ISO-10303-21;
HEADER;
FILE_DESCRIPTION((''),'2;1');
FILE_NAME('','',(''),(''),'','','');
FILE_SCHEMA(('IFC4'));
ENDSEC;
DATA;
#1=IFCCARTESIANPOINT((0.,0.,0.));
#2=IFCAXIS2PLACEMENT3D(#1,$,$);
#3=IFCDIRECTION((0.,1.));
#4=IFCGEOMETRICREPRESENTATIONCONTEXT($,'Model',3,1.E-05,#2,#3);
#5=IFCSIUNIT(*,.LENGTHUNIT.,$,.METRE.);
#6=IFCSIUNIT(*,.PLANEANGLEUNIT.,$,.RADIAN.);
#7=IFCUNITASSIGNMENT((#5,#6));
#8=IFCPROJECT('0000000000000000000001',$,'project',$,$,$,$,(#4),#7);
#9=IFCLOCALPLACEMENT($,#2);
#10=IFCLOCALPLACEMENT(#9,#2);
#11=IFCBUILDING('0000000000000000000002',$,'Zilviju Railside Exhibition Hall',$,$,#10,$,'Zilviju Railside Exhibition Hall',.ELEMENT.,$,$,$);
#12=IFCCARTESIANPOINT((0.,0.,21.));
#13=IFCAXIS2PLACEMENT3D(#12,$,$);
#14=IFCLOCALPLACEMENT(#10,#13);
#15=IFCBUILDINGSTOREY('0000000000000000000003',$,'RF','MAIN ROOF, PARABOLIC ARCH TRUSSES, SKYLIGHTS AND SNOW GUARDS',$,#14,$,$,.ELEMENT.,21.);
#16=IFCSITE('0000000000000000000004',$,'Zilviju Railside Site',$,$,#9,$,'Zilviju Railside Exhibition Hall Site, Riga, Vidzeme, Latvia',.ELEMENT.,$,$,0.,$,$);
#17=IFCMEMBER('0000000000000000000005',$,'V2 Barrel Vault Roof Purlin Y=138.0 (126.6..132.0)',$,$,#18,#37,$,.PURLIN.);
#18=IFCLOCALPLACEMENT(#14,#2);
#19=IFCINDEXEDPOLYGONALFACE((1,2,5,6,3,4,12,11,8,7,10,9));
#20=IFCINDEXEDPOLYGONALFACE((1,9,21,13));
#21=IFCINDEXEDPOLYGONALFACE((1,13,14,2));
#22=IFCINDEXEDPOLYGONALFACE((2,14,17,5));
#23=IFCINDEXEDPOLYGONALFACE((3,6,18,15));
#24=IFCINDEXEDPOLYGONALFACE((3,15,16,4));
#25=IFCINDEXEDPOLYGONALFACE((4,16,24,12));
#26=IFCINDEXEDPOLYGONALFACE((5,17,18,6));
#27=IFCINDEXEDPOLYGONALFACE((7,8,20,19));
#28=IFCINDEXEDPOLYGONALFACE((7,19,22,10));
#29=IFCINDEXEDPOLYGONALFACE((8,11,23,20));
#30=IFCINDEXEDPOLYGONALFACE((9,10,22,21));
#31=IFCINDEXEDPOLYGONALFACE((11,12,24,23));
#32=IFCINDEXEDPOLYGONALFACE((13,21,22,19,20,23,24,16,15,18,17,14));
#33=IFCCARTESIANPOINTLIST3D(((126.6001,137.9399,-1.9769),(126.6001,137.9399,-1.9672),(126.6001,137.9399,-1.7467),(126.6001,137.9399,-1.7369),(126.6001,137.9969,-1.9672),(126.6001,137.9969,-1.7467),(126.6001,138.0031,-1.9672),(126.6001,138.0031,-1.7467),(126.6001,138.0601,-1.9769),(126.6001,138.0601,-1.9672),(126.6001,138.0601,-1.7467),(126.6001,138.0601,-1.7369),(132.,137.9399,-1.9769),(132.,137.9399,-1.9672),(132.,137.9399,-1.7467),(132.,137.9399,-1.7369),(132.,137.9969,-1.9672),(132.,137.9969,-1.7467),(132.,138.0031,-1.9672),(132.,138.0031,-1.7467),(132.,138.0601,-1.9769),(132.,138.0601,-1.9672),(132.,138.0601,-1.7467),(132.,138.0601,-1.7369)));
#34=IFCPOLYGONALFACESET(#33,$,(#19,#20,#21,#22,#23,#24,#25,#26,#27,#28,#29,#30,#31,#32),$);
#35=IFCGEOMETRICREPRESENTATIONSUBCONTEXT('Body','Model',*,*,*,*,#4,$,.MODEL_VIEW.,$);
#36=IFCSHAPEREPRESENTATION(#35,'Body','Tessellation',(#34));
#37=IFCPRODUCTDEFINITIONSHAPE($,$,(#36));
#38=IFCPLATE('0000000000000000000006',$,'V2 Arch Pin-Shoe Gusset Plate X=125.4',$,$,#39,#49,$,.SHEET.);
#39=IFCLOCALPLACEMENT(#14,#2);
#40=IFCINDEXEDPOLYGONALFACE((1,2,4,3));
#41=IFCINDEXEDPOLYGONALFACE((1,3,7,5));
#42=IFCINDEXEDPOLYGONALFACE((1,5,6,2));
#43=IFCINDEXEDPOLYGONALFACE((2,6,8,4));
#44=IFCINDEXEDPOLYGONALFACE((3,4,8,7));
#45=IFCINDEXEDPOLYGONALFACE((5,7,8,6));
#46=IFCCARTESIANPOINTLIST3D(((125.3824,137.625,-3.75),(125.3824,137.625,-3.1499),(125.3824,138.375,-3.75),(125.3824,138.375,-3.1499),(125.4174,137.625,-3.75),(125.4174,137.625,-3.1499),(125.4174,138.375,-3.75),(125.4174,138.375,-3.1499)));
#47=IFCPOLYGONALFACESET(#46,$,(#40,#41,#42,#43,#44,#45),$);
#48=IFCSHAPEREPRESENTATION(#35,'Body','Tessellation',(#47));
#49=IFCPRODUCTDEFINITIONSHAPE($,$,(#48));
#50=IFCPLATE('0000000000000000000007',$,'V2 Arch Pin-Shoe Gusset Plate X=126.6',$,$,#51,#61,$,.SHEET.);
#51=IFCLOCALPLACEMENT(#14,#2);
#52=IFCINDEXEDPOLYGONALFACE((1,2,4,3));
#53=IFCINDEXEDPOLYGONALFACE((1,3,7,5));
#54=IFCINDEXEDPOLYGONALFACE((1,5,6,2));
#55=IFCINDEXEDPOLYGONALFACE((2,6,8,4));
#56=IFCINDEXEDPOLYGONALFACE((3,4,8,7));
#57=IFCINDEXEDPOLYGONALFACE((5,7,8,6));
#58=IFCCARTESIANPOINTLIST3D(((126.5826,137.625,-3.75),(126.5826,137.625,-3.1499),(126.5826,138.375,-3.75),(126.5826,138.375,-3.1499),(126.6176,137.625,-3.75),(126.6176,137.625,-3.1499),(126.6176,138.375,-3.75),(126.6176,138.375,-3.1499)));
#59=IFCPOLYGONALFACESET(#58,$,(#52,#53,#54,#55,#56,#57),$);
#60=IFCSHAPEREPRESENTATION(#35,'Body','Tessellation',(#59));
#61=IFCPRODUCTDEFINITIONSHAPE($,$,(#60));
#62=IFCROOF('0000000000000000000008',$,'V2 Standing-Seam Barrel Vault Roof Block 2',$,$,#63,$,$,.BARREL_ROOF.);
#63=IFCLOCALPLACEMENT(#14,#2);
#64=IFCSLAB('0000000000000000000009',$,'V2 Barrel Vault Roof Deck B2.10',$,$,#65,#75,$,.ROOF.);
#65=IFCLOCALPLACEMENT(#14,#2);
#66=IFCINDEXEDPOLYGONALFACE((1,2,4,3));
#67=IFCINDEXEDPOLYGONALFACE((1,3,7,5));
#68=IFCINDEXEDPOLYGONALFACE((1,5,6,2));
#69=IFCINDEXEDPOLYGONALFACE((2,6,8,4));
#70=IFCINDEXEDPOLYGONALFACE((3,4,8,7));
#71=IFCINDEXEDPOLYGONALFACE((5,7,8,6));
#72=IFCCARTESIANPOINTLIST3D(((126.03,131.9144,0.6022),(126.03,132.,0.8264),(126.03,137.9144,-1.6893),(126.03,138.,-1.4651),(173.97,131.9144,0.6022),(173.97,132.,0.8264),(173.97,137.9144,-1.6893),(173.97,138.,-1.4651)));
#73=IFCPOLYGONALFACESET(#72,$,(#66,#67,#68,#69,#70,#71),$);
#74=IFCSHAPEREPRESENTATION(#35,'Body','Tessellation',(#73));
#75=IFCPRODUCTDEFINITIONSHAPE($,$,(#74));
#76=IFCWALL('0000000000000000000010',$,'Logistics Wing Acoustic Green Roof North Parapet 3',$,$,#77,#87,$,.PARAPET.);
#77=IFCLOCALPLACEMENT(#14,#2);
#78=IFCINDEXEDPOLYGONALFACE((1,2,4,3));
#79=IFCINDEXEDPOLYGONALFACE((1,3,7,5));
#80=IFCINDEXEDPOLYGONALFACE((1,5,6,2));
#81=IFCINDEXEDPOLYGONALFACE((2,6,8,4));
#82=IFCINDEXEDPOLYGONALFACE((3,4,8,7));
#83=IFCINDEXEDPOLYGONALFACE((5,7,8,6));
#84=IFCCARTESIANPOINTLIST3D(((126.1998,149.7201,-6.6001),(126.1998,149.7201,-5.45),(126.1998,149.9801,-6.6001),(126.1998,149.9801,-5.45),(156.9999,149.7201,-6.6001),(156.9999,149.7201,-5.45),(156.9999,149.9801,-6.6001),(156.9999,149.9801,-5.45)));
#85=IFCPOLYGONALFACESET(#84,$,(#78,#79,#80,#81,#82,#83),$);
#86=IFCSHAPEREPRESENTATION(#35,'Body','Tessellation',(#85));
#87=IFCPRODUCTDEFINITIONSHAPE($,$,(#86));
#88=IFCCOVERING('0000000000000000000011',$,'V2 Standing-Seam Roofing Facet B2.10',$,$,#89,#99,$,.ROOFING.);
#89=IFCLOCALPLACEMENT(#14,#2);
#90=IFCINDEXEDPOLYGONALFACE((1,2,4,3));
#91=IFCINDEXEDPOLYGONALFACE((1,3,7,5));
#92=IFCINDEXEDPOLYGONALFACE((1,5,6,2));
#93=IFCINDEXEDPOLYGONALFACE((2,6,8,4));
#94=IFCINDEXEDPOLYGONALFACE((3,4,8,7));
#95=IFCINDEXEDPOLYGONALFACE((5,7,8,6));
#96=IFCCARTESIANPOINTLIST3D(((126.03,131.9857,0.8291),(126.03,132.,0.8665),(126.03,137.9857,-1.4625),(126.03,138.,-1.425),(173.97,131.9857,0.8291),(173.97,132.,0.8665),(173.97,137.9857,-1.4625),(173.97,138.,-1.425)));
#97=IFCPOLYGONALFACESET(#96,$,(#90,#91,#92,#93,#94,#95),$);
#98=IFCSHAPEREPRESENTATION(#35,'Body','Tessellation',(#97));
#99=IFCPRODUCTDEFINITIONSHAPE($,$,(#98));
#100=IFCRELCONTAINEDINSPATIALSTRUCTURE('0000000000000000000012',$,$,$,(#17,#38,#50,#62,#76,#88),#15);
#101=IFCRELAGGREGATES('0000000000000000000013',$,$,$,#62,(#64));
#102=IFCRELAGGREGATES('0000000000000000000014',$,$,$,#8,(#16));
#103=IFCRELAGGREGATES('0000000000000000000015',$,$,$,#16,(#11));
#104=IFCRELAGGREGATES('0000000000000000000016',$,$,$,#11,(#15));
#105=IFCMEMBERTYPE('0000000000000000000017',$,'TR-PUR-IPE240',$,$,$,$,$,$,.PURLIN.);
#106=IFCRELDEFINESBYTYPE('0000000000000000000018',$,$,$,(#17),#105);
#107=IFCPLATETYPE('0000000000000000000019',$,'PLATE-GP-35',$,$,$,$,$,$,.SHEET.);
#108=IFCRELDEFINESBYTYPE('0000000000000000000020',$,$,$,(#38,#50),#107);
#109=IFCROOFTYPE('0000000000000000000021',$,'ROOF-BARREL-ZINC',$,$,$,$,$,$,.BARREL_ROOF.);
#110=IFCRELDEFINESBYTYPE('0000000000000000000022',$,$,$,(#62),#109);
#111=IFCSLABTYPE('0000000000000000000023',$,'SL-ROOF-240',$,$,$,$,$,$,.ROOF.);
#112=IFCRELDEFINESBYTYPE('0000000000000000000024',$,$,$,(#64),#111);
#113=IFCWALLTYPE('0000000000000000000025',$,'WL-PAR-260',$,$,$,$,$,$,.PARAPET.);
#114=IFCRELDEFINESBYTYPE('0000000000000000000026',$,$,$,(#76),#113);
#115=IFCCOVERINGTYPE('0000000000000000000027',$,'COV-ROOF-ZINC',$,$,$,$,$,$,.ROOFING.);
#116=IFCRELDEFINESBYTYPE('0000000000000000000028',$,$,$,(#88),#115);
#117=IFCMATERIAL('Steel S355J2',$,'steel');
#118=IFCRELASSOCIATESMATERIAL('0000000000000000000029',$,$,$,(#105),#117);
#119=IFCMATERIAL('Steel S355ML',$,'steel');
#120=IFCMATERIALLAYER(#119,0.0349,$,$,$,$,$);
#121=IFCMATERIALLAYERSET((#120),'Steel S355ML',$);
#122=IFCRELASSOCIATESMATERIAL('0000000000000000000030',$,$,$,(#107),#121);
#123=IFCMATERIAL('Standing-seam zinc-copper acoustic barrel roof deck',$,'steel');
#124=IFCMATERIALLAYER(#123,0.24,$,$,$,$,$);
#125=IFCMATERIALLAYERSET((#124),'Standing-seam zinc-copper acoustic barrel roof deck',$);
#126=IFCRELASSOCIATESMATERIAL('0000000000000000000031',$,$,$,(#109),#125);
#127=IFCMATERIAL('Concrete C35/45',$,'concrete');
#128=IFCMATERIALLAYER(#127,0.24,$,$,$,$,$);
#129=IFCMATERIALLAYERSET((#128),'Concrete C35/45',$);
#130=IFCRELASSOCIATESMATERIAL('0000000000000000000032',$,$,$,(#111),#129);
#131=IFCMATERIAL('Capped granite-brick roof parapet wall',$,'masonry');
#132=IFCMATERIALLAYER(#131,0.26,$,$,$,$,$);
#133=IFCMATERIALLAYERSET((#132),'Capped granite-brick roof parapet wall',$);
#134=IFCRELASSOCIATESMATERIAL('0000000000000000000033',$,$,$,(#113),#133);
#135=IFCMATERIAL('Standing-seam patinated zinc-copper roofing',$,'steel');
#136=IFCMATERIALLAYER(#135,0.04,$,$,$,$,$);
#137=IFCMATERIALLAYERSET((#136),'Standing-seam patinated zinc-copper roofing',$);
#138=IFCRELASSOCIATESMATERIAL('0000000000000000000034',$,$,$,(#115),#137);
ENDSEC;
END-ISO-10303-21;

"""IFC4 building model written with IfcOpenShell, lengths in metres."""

from ifc_helpers import new_model, si_unit, direction, frame, frame_2d, origin, origin_2d, place, context, subcontext, project, spatial, polyline, rectangle, i_section, outline, extrude, material, layer, layer_set, material_profile, profile_set, type_object, element, aggregate, save


model = new_model("IFC4")

# Units and contexts
model_context = context("Model", 3, precision=1e-05, world=origin(), true_north=direction((0.0, 1.0)))
body_context = subcontext(model_context, "Body", "Model", "MODEL_VIEW")
ifc_project = project(units=[si_unit("LENGTHUNIT", "METRE"), si_unit("PLANEANGLEUNIT", "RADIAN")], contexts=[model_context])

# Site, building, storey
site_placement = place(None, origin())
site = spatial("IfcSite", under=ifc_project, at=site_placement, Name="Zilviju Railside Site", LongName="Zilviju Railside Exhibition Hall Site, Riga, Vidzeme, Latvia", CompositionType="ELEMENT", RefElevation=0.0)
building_placement = place(site_placement, origin())
building = spatial("IfcBuilding", under=site, at=building_placement, Name="Zilviju Railside Exhibition Hall", LongName="Zilviju Railside Exhibition Hall", CompositionType="ELEMENT")
storey_placement = place(building_placement, frame((0.0, 0.0, 21.0)))
storey = spatial("IfcBuildingStorey", under=building, at=storey_placement, Name="RF", Description="MAIN ROOF, PARABOLIC ARCH TRUSSES, SKYLIGHTS AND SNOW GUARDS", CompositionType="ELEMENT", Elevation=21.0)

# Shared definitions
ifc_material_1 = material(Name="Steel S355J2", Category="steel")

# Member
ifc_material_profile_1 = material_profile(ifc_material_1, i_section(OverallWidth=0.1201, OverallDepth=0.24, WebThickness=0.0061, FlangeThickness=0.0098, at=origin_2d()), Name="IPE 240")
ifc_profile_set_1 = profile_set([ifc_material_profile_1], Name="Steel S355J2")
member_type_1 = type_object("IfcMemberType", Name="TR-PUR-IPE240", PredefinedType="PURLIN", material=ifc_profile_set_1)
for number, where, z_axis, x_axis, name in (
    (1, (126.6001, 138.0, -1.8569), (1.0, 0.0, 0.0), (0.0, 1.0, 0.0), "V2 Barrel Vault Roof Purlin Y=138.0 (126.6..132.0)"),
):
    element("IfcMember", number, at=place(storey_placement, frame(where, z_axis=z_axis, x_axis=x_axis)), inside=storey, type_object=member_type_1, Name=name, PredefinedType="PURLIN", context=body_context, shape_type="SweptSolid", body=[
        extrude(i_section(OverallWidth=0.1201, OverallDepth=0.24, WebThickness=0.0061, FlangeThickness=0.0098, at=origin_2d()), origin(), (0.0, 0.0, 1.0), 5.3999),
    ])

# Plates
ifc_material_2 = material(Name="Steel S355ML", Category="steel")
ifc_layer_1 = layer(ifc_material_2, 0.0349)
ifc_layer_set_1 = layer_set([ifc_layer_1], Name="Steel S355ML")
plate_type = type_object("IfcPlateType", Name="PLATE-GP-35", PredefinedType="SHEET", material=ifc_layer_set_1)
for number, where, z_axis, x_axis, name in (
    (2, (125.3999, 138.0, -3.75), (0.0, 0.0, 1.0), (1.0, 0.0, 0.0), "V2 Arch Pin-Shoe Gusset Plate X=125.4"),
    (3, (126.6001, 138.0, -3.75), (0.0, 0.0, 1.0), (1.0, 0.0, 0.0), "V2 Arch Pin-Shoe Gusset Plate X=126.6"),
):
    element("IfcPlate", number, at=place(storey_placement, frame(where, z_axis=z_axis, x_axis=x_axis)), inside=storey, type_object=plate_type, Name=name, PredefinedType="SHEET", context=body_context, shape_type="SweptSolid", body=[
        extrude(rectangle(XDim=0.0349, YDim=0.75, at=origin_2d()), origin(), (0.0, 0.0, 1.0), 0.6001),
    ])

# Roof, slab
ifc_material_3 = material(Name="Standing-seam zinc-copper acoustic barrel roof deck", Category="steel")
ifc_layer_2 = layer(ifc_material_3, 0.24)
ifc_layer_set_2 = layer_set([ifc_layer_2], Name="Standing-seam zinc-copper acoustic barrel roof deck")
roof_type = type_object("IfcRoofType", Name="ROOF-BARREL-ZINC", PredefinedType="BARREL_ROOF", material=ifc_layer_set_2)
roof_placement = place(storey_placement, origin())
roof = element("IfcRoof", 4, at=roof_placement, inside=storey, type_object=roof_type, Name="V2 Standing-Seam Barrel Vault Roof Block 2", PredefinedType="BARREL_ROOF")
ifc_material_4 = material(Name="Concrete C35/45", Category="concrete")
ifc_layer_3 = layer(ifc_material_4, 0.24)
ifc_layer_set_3 = layer_set([ifc_layer_3], Name="Concrete C35/45")
slab_type = type_object("IfcSlabType", Name="SL-ROOF-240", PredefinedType="ROOF", material=ifc_layer_set_3)
slab_placement = place(storey_placement, frame((126.03, 132.0, 0.8264), z_axis=(0.0, 0.356782, 0.934188), x_axis=(1.0, 0.0, 0.0)))
slab = element("IfcSlab", 5, at=slab_placement, type_object=slab_type, Name="V2 Barrel Vault Roof Deck B2.10", PredefinedType="ROOF", context=body_context, shape_type="SweptSolid", body=[
    extrude(outline(polyline([(0.0, 0.0), (47.9399, 0.0), (47.9399, 6.4227), (0.0, 6.4227), (0.0, 0.0)])), origin(), (0.0, 0.0, -1.0), 0.24),
])
aggregate(roof, [slab])

# Wall
ifc_material_5 = material(Name="Capped granite-brick roof parapet wall", Category="masonry")
ifc_layer_4 = layer(ifc_material_5, 0.26)
ifc_layer_set_4 = layer_set([ifc_layer_4], Name="Capped granite-brick roof parapet wall")
wall_type = type_object("IfcWallType", Name="WL-PAR-260", PredefinedType="PARAPET", material=ifc_layer_set_4)
wall_placement = place(storey_placement, frame((126.2, 149.8501, -6.6001), z_axis=(0.0, 0.0, 1.0), x_axis=(1.0, 0.0, 0.0)))
element("IfcWall", 6, at=wall_placement, inside=storey, type_object=wall_type, Name="Logistics Wing Acoustic Green Roof North Parapet 3", PredefinedType="PARAPET", context=body_context, shape_type="SweptSolid", body=[
    extrude(rectangle(XDim=30.8, YDim=0.26, at=frame_2d((15.3999, 0.0))), origin(), (0.0, 0.0, 1.0), 1.1501),
])

# Covering
ifc_material_6 = material(Name="Standing-seam patinated zinc-copper roofing", Category="steel")
ifc_layer_5 = layer(ifc_material_6, 0.04)
ifc_layer_set_5 = layer_set([ifc_layer_5], Name="Standing-seam patinated zinc-copper roofing")
covering_type = type_object("IfcCoveringType", Name="COV-ROOF-ZINC", PredefinedType="ROOFING", material=ifc_layer_set_5)
covering_placement = place(storey_placement, frame((126.03, 132.0, 0.8665), z_axis=(0.0, 0.356782, 0.934188), x_axis=(1.0, 0.0, 0.0)))
element("IfcCovering", 7, at=covering_placement, inside=storey, type_object=covering_type, Name="V2 Standing-Seam Roofing Facet B2.10", PredefinedType="ROOFING", context=body_context, shape_type="SweptSolid", body=[
    extrude(outline(polyline([(0.0, 0.0), (47.9399, 0.0), (47.9399, 6.4227), (0.0, 6.4227), (0.0, 0.0)])), origin(), (0.0, 0.0, -1.0), 0.04),
])

save(model, "model.ifc")
